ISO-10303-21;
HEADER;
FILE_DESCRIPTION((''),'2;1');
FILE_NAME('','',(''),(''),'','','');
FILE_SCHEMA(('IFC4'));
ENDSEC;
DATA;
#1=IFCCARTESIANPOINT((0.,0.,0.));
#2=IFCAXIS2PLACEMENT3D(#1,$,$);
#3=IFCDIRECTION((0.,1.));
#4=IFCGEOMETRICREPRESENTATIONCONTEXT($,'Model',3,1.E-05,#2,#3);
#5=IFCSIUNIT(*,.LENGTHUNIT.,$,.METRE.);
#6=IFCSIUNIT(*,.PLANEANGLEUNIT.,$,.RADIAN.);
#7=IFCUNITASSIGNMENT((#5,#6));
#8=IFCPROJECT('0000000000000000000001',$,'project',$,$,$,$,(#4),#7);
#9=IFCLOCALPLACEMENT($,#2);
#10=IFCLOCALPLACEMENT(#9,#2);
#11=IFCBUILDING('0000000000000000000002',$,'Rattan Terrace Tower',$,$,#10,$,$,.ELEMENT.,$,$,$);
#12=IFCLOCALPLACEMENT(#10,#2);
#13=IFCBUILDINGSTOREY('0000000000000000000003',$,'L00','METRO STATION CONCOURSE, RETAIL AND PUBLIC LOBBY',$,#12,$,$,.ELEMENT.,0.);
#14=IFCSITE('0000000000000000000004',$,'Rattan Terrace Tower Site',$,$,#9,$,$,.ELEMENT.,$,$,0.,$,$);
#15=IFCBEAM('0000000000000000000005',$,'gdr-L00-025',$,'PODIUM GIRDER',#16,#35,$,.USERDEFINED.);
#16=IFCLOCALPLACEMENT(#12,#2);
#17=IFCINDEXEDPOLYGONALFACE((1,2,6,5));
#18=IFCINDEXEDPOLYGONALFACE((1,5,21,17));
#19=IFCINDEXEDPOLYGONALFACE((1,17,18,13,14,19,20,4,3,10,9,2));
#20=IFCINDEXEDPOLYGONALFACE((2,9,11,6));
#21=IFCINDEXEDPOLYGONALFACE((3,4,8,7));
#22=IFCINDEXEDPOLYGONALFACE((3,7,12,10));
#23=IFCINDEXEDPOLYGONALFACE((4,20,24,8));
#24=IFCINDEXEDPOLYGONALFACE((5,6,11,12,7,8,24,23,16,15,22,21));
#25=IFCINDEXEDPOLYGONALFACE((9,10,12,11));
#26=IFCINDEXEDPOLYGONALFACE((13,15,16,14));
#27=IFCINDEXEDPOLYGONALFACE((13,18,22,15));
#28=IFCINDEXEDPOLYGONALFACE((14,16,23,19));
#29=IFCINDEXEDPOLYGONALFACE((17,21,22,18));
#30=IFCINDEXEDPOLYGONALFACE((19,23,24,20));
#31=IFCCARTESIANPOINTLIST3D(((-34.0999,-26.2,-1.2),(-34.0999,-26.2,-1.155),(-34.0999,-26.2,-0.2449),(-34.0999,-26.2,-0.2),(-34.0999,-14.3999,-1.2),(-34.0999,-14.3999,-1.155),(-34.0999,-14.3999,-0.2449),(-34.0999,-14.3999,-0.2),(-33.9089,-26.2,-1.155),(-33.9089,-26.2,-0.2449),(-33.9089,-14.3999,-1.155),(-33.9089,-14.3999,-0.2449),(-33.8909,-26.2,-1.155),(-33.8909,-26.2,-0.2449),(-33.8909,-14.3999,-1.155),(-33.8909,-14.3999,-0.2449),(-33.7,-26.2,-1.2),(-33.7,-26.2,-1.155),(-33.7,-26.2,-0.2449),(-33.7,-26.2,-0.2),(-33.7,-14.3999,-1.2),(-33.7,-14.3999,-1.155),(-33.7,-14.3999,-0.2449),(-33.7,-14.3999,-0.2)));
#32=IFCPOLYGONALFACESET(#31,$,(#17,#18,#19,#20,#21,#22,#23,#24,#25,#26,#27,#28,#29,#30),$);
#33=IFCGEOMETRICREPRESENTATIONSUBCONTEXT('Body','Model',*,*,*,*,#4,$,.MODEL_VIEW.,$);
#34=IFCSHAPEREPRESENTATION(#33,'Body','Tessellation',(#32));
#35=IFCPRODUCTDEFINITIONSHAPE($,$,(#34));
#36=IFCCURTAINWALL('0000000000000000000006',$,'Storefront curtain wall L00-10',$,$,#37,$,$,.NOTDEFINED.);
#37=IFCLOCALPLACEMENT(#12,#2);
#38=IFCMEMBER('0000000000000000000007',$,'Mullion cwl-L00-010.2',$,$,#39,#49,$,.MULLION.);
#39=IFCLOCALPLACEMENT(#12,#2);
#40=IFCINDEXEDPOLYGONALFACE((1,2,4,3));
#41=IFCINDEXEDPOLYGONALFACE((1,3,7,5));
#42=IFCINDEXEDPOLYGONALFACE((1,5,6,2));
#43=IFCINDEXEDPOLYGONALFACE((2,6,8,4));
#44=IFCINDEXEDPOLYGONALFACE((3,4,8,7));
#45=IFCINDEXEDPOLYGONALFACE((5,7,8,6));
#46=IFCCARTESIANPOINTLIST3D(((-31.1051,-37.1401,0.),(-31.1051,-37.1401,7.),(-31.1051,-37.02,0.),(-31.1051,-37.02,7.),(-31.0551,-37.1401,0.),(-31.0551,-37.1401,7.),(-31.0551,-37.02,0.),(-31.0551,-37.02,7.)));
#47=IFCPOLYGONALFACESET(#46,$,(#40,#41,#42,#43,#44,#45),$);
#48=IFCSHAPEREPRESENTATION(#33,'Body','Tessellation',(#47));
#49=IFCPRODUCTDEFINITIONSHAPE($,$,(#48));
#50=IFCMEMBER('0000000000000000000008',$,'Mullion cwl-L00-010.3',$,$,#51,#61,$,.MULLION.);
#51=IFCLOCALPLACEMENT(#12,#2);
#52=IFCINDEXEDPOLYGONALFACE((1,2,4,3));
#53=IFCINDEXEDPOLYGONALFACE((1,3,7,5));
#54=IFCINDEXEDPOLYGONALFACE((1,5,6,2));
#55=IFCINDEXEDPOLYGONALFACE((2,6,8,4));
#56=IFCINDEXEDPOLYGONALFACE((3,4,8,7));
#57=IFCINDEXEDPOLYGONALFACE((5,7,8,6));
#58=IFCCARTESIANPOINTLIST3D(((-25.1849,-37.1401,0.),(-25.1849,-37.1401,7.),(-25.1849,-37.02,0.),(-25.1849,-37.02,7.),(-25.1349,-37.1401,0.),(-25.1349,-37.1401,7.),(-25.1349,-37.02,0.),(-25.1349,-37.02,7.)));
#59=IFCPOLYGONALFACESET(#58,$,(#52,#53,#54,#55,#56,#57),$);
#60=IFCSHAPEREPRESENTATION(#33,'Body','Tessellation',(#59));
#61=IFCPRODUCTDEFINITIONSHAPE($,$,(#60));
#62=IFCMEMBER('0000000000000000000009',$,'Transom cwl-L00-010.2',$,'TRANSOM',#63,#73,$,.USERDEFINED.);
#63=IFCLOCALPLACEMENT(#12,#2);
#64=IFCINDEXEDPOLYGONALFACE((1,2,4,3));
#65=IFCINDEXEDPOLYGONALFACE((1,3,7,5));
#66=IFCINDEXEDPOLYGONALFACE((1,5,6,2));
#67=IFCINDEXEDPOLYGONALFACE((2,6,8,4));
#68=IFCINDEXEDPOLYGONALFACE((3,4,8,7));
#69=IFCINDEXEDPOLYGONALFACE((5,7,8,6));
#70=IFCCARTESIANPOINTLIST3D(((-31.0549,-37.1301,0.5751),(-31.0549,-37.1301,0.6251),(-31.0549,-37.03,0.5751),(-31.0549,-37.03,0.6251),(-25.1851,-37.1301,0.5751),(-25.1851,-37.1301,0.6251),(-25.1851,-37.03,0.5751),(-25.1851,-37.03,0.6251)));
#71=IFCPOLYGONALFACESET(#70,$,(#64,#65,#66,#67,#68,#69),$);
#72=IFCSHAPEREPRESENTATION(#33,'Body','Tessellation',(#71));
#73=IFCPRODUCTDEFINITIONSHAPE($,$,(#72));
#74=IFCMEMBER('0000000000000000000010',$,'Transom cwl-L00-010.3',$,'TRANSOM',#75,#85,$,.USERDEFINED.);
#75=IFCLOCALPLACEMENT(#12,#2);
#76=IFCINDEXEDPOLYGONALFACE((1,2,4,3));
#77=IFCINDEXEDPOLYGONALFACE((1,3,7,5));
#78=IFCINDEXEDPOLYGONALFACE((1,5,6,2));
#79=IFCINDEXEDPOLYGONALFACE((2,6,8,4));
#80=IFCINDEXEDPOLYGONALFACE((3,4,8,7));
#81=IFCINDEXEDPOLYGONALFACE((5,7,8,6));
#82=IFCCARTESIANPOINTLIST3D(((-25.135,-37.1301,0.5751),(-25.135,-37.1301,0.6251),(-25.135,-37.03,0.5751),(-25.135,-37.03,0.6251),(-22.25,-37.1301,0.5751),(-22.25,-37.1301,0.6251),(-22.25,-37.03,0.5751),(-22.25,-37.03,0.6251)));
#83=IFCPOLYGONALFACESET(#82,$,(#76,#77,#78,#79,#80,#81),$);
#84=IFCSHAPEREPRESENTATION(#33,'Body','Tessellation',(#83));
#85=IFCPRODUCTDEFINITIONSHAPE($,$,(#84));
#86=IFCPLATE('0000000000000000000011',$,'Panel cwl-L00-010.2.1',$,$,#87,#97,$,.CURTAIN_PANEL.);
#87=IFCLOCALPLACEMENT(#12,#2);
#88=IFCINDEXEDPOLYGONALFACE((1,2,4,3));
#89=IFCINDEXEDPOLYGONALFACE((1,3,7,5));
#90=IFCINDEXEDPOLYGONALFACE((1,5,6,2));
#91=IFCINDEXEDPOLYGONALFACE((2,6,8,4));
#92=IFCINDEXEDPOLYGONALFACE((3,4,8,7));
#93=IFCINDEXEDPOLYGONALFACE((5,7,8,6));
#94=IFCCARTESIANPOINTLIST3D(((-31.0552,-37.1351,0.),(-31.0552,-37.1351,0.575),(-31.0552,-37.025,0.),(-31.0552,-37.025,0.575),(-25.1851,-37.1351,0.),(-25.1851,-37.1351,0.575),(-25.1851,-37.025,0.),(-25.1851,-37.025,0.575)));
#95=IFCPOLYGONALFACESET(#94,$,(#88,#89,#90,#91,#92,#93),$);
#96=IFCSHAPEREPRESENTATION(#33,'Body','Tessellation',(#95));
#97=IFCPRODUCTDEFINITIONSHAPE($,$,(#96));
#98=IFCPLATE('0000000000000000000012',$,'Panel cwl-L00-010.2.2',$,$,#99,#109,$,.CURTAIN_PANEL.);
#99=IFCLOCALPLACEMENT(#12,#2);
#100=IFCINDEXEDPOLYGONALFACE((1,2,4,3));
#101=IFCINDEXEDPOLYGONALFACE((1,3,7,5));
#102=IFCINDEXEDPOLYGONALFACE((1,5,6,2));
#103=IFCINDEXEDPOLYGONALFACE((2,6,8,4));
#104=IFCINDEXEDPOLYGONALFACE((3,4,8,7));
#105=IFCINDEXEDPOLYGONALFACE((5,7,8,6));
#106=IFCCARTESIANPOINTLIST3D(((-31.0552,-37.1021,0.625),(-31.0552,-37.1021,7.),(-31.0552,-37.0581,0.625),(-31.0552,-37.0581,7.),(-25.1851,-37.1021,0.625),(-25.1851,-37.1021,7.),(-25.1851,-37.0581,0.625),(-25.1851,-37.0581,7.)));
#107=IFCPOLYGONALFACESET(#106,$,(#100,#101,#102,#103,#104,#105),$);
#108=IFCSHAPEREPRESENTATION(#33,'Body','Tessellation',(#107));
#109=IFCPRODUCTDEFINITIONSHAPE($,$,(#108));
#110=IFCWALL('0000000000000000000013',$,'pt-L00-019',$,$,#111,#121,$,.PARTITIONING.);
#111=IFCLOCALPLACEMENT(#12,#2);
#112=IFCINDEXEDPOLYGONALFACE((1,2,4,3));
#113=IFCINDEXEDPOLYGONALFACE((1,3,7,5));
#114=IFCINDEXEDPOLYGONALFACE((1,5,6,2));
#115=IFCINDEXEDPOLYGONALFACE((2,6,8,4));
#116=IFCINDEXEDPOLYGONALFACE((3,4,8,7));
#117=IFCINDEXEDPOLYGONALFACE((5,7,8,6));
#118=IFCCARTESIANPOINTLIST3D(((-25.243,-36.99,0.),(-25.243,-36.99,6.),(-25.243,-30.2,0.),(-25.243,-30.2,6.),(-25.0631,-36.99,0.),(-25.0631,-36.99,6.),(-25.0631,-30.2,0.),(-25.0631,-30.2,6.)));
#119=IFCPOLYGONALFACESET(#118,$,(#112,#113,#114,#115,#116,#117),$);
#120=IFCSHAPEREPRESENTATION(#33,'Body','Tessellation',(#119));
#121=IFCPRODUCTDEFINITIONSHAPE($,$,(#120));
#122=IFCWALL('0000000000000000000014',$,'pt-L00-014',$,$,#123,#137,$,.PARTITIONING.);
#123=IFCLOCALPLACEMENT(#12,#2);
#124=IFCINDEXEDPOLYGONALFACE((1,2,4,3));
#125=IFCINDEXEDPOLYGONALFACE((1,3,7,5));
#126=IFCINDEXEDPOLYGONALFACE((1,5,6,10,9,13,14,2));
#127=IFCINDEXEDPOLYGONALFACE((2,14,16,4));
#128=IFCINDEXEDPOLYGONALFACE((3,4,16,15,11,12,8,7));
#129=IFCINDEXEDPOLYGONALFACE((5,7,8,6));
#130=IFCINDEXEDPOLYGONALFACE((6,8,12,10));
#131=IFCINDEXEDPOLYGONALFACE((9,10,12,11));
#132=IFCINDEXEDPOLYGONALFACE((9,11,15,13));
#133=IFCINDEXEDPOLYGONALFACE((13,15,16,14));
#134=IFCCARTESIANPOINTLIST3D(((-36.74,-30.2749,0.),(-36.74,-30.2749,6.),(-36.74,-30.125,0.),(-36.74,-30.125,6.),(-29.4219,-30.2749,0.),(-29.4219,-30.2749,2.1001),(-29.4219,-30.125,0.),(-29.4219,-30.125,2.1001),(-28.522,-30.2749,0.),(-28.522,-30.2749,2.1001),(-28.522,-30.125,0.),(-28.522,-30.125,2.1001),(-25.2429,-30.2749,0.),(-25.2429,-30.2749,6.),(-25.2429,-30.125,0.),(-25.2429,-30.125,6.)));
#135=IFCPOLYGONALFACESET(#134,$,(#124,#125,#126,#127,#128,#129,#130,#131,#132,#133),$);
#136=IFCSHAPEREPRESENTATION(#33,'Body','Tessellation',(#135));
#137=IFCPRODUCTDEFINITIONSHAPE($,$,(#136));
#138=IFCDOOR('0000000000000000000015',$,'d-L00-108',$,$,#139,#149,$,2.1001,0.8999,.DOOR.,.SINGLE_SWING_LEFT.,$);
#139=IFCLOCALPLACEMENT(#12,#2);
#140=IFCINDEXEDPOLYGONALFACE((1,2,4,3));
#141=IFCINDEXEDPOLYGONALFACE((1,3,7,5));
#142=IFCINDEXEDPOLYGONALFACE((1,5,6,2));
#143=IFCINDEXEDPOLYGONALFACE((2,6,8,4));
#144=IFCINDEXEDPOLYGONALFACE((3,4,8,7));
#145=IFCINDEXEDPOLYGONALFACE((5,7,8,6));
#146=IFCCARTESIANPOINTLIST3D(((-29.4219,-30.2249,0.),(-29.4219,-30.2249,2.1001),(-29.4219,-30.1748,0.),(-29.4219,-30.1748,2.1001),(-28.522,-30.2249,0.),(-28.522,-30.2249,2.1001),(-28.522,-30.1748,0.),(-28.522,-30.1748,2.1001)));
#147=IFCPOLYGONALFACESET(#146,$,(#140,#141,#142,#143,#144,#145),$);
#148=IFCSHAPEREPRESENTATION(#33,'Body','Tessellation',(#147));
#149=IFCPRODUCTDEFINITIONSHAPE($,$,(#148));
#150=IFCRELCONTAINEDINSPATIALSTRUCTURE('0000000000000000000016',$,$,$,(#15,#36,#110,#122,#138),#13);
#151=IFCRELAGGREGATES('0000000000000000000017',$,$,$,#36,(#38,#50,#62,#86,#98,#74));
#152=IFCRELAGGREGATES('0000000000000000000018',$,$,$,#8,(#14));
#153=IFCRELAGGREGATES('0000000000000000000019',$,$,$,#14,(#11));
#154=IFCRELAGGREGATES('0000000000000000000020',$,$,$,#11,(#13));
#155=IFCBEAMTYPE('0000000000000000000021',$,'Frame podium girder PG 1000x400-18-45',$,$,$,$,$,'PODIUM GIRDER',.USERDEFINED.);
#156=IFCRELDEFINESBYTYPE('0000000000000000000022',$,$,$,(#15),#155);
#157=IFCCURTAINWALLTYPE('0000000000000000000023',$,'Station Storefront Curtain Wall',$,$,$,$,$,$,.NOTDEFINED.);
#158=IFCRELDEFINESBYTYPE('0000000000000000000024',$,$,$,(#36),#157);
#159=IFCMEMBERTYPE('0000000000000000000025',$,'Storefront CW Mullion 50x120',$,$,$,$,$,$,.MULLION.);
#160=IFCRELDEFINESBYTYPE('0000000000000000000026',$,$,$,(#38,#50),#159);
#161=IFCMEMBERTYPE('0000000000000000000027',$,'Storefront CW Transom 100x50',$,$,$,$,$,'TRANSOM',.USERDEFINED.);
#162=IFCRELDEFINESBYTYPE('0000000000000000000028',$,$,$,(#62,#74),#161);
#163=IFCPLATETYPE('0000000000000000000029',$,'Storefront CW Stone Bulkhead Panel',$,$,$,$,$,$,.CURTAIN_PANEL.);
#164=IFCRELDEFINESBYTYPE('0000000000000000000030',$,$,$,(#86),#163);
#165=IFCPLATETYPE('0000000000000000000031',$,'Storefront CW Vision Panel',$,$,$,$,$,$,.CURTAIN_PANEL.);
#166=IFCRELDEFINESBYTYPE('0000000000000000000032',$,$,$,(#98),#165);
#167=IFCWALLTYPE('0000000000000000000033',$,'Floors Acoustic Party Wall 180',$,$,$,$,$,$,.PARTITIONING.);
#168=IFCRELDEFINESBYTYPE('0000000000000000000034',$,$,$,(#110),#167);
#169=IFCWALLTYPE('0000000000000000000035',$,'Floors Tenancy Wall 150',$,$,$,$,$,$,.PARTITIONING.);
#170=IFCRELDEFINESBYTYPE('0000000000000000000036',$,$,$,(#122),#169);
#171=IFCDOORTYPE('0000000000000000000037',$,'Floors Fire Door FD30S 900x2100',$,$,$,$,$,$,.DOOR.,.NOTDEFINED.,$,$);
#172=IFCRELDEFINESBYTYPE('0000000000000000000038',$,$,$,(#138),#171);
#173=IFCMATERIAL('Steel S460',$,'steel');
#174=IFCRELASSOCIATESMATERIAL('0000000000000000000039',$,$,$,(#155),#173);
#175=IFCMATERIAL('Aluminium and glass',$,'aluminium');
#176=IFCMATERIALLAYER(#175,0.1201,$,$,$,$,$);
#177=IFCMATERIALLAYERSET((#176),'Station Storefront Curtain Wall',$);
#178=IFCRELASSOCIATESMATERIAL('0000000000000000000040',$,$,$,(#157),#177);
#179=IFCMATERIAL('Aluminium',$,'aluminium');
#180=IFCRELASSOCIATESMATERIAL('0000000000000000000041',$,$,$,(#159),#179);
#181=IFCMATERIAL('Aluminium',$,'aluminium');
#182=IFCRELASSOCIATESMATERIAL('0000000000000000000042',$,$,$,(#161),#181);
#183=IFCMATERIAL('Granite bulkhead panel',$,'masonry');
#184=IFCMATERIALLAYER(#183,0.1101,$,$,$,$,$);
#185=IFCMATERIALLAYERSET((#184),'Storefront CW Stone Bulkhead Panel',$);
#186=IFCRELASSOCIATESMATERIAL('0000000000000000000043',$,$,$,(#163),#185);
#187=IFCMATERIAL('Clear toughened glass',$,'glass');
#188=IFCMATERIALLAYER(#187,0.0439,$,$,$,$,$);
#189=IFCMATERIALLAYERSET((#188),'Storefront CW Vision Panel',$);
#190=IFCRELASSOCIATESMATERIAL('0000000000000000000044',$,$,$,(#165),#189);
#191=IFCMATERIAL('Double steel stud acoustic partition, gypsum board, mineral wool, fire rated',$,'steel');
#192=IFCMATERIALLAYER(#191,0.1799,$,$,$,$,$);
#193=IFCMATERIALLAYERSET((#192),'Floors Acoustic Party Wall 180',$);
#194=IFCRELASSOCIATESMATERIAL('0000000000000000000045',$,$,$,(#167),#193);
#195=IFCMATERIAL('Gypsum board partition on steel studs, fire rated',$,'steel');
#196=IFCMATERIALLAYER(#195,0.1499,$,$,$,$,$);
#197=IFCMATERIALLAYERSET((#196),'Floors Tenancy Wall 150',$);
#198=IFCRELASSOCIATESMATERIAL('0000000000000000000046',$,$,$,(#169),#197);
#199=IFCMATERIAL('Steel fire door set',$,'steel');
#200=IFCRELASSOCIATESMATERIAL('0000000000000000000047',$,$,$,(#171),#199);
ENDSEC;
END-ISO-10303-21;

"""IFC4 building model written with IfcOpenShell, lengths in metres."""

from ifc_helpers import new_model, si_unit, direction, frame, frame_2d, origin, origin_2d, place, context, subcontext, project, spatial, rectangle, i_section, extrude, material, layer, layer_set, material_profile, profile_set, type_object, element, fill, aggregate, save


model = new_model("IFC4")

# Units and contexts
model_context = context("Model", 3, precision=1e-05, world=origin(), true_north=direction((0.0, 1.0)))
body_context = subcontext(model_context, "Body", "Model", "MODEL_VIEW")
ifc_project = project(units=[si_unit("LENGTHUNIT", "METRE"), si_unit("PLANEANGLEUNIT", "RADIAN")], contexts=[model_context])

# Site, building, storey
site_placement = place(None, origin())
site = spatial("IfcSite", under=ifc_project, at=site_placement, Name="Rattan Terrace Tower Site", CompositionType="ELEMENT", RefElevation=0.0)
building_placement = place(site_placement, origin())
building = spatial("IfcBuilding", under=site, at=building_placement, Name="Rattan Terrace Tower", CompositionType="ELEMENT")
storey_placement = place(building_placement, origin())
storey = spatial("IfcBuildingStorey", under=building, at=storey_placement, Name="L00", Description="METRO STATION CONCOURSE, RETAIL AND PUBLIC LOBBY", CompositionType="ELEMENT", Elevation=0.0)

# Beam
ifc_material_1 = material(Name="Steel S460", Category="steel")
ifc_material_profile_1 = material_profile(ifc_material_1, i_section(OverallWidth=0.3999, OverallDepth=1.0, WebThickness=0.0181, FlangeThickness=0.0449, at=origin_2d()), Name="PG 1000x400-18-45")
ifc_profile_set_1 = profile_set([ifc_material_profile_1], Name="Steel S460")
beam_type_1 = type_object("IfcBeamType", Name="Frame podium girder PG 1000x400-18-45", ElementType="PODIUM GIRDER", PredefinedType="USERDEFINED", material=ifc_profile_set_1)
beam_1_placement = place(storey_placement, frame((-33.8999, -26.2, -0.7), z_axis=(0.0, 1.0, 0.0), x_axis=(-1.0, 0.0, 0.0)))
element("IfcBeam", 1, at=beam_1_placement, inside=storey, type_object=beam_type_1, Name="gdr-L00-025", ObjectType="PODIUM GIRDER", PredefinedType="USERDEFINED", context=body_context, shape_type="SweptSolid", body=[
    extrude(i_section(OverallWidth=0.3999, OverallDepth=1.0, WebThickness=0.0181, FlangeThickness=0.0449, at=origin_2d()), origin(), (0.0, 0.0, 1.0), 11.8),
])

# Curtain wall, members, plates
ifc_material_2 = material(Name="Aluminium and glass", Category="aluminium")
ifc_layer_1 = layer(ifc_material_2, 0.1201)
ifc_layer_set_1 = layer_set([ifc_layer_1], Name="Station Storefront Curtain Wall")
curtain_wall_type = type_object("IfcCurtainWallType", Name="Station Storefront Curtain Wall", PredefinedType="NOTDEFINED", material=ifc_layer_set_1)
curtain_wall_placement = place(storey_placement, origin())
curtain_wall = element("IfcCurtainWall", 2, at=curtain_wall_placement, inside=storey, type_object=curtain_wall_type, Name="Storefront curtain wall L00-10", PredefinedType="NOTDEFINED")
ifc_material_3 = material(Name="Aluminium", Category="aluminium")
ifc_material_profile_2 = material_profile(ifc_material_3, rectangle(XDim=0.05, YDim=0.1201, at=origin_2d()), Name="Aluminium 50x120")
ifc_profile_set_2 = profile_set([ifc_material_profile_2], Name="Aluminium")
member_type_1 = type_object("IfcMemberType", Name="Storefront CW Mullion 50x120", PredefinedType="MULLION", material=ifc_profile_set_2)
member_1_placement = place(storey_placement, frame((-31.0801, -37.0801, 0.0), z_axis=(0.0, 0.0, 1.0), x_axis=(1.0, 0.0, 0.0)))
member_1 = element("IfcMember", 3, at=member_1_placement, type_object=member_type_1, Name="Mullion cwl-L00-010.2", PredefinedType="MULLION", context=body_context, shape_type="SweptSolid", body=[
    extrude(rectangle(XDim=0.05, YDim=0.1201, at=origin_2d()), origin(), (0.0, 0.0, 1.0), 7.0),
])
member_2_placement = place(storey_placement, frame((-25.1599, -37.0801, 0.0), z_axis=(0.0, 0.0, 1.0), x_axis=(1.0, 0.0, 0.0)))
member_2 = element("IfcMember", 4, at=member_2_placement, type_object=member_type_1, Name="Mullion cwl-L00-010.3", PredefinedType="MULLION", context=body_context, shape_type="SweptSolid", body=[
    extrude(rectangle(XDim=0.05, YDim=0.1201, at=origin_2d()), origin(), (0.0, 0.0, 1.0), 7.0),
])
ifc_material_4 = material(Name="Aluminium", Category="aluminium")
ifc_material_profile_3 = material_profile(ifc_material_4, rectangle(XDim=0.1001, YDim=0.05, at=origin_2d()), Name="Aluminium 100x50")
ifc_profile_set_3 = profile_set([ifc_material_profile_3], Name="Aluminium")
member_type_2 = type_object("IfcMemberType", Name="Storefront CW Transom 100x50", ElementType="TRANSOM", PredefinedType="USERDEFINED", material=ifc_profile_set_3)
member_3_placement = place(storey_placement, frame((-31.0549, -37.0801, 0.6001), z_axis=(1.0, 0.0, 0.0), x_axis=(0.0, 1.0, 0.0)))
member_3 = element("IfcMember", 5, at=member_3_placement, type_object=member_type_2, Name="Transom cwl-L00-010.2", ObjectType="TRANSOM", PredefinedType="USERDEFINED", context=body_context, shape_type="SweptSolid", body=[
    extrude(rectangle(XDim=0.1001, YDim=0.05, at=origin_2d()), origin(), (0.0, 0.0, 1.0), 5.8699),
])
member_4_placement = place(storey_placement, frame((-25.135, -37.0801, 0.6001), z_axis=(1.0, 0.0, 0.0), x_axis=(0.0, 1.0, 0.0)))
member_4 = element("IfcMember", 6, at=member_4_placement, type_object=member_type_2, Name="Transom cwl-L00-010.3", ObjectType="TRANSOM", PredefinedType="USERDEFINED", context=body_context, shape_type="SweptSolid", body=[
    extrude(rectangle(XDim=0.1001, YDim=0.05, at=origin_2d()), origin(), (0.0, 0.0, 1.0), 2.885),
])
ifc_material_5 = material(Name="Granite bulkhead panel", Category="masonry")
ifc_layer_2 = layer(ifc_material_5, 0.1101)
ifc_layer_set_2 = layer_set([ifc_layer_2], Name="Storefront CW Stone Bulkhead Panel")
plate_type_1 = type_object("IfcPlateType", Name="Storefront CW Stone Bulkhead Panel", PredefinedType="CURTAIN_PANEL", material=ifc_layer_set_2)
plate_1_placement = place(storey_placement, frame((-28.1201, -37.0801, 0.0), z_axis=(0.0, 0.0, 1.0), x_axis=(1.0, 0.0, 0.0)))
plate_1 = element("IfcPlate", 7, at=plate_1_placement, type_object=plate_type_1, Name="Panel cwl-L00-010.2.1", PredefinedType="CURTAIN_PANEL", context=body_context, shape_type="SweptSolid", body=[
    extrude(rectangle(XDim=5.8701, YDim=0.1101, at=origin_2d()), origin(), (0.0, 0.0, 1.0), 0.575),
])
ifc_material_6 = material(Name="Clear toughened glass", Category="glass")
ifc_layer_3 = layer(ifc_material_6, 0.0439)
ifc_layer_set_3 = layer_set([ifc_layer_3], Name="Storefront CW Vision Panel")
plate_type_2 = type_object("IfcPlateType", Name="Storefront CW Vision Panel", PredefinedType="CURTAIN_PANEL", material=ifc_layer_set_3)
plate_2_placement = place(storey_placement, frame((-28.1201, -37.0801, 0.625), z_axis=(0.0, 0.0, 1.0), x_axis=(1.0, 0.0, 0.0)))
plate_2 = element("IfcPlate", 8, at=plate_2_placement, type_object=plate_type_2, Name="Panel cwl-L00-010.2.2", PredefinedType="CURTAIN_PANEL", context=body_context, shape_type="SweptSolid", body=[
    extrude(rectangle(XDim=5.8701, YDim=0.0439, at=origin_2d()), origin(), (0.0, 0.0, 1.0), 6.375),
])
aggregate(curtain_wall, [member_1, member_2, member_3, plate_1, plate_2, member_4])

# Wall
ifc_material_7 = material(Name="Double steel stud acoustic partition, gypsum board, mineral wool, fire rated", Category="steel")
ifc_layer_4 = layer(ifc_material_7, 0.1799)
ifc_layer_set_4 = layer_set([ifc_layer_4], Name="Floors Acoustic Party Wall 180")
wall_type_1 = type_object("IfcWallType", Name="Floors Acoustic Party Wall 180", PredefinedType="PARTITIONING", material=ifc_layer_set_4)
wall_1_placement = place(storey_placement, frame((-25.1531, -30.2, 0.0), z_axis=(0.0, 0.0, 1.0), x_axis=(0.0, -1.0, 0.0)))
element("IfcWall", 9, at=wall_1_placement, inside=storey, type_object=wall_type_1, Name="pt-L00-019", PredefinedType="PARTITIONING", context=body_context, shape_type="SweptSolid", body=[
    extrude(rectangle(XDim=6.79, YDim=0.1799, at=frame_2d((3.395, 0.0))), origin(), (0.0, 0.0, 1.0), 6.0),
])

# Wall, opening, door
ifc_material_8 = material(Name="Gypsum board partition on steel studs, fire rated", Category="steel")
ifc_layer_5 = layer(ifc_material_8, 0.1499)
ifc_layer_set_5 = layer_set([ifc_layer_5], Name="Floors Tenancy Wall 150")
wall_type_2 = type_object("IfcWallType", Name="Floors Tenancy Wall 150", PredefinedType="PARTITIONING", material=ifc_layer_set_5)
wall_2_placement = place(storey_placement, frame((-25.2429, -30.2, 0.0), z_axis=(0.0, 0.0, 1.0), x_axis=(-1.0, 0.0, 0.0)))
wall_2 = element("IfcWall", 10, at=wall_2_placement, inside=storey, type_object=wall_type_2, Name="pt-L00-014", PredefinedType="PARTITIONING", context=body_context, shape_type="SweptSolid", body=[
    extrude(rectangle(XDim=11.4971, YDim=0.1499, at=frame_2d((5.7485, 0.0))), origin(), (0.0, 0.0, 1.0), 6.0),
])
opening_placement = place(wall_2_placement, frame((3.2791, 0.0, 0.0)))
opening = element("IfcOpeningElement", 11, at=opening_placement, cuts=wall_2, PredefinedType="OPENING", context=body_context, shape_type="SweptSolid", body=[
    extrude(rectangle(XDim=0.8999, YDim=2.1001, at=frame_2d((0.45, 1.05))), frame((0.0, 0.0854, 0.0), z_axis=(0.0, -1.0, 0.0), x_axis=(1.0, 0.0, 0.0)), (0.0, 0.0, 1.0), 0.1709),
])
ifc_material_9 = material(Name="Steel fire door set", Category="steel")
door_type = type_object("IfcDoorType", Name="Floors Fire Door FD30S 900x2100", OperationType="NOTDEFINED", PredefinedType="DOOR", material=ifc_material_9)
door_placement = place(opening_placement, origin())
door = element("IfcDoor", 12, at=door_placement, inside=storey, type_object=door_type, Name="d-L00-108", OperationType="SINGLE_SWING_LEFT", OverallHeight=2.1001, OverallWidth=0.8999, PredefinedType="DOOR", context=body_context, shape_type="SweptSolid", body=[
    extrude(rectangle(XDim=0.8999, YDim=2.1001, at=frame_2d((0.45, 1.05))), frame((0.0, 0.0249, 0.0), z_axis=(0.0, -1.0, 0.0), x_axis=(1.0, 0.0, 0.0)), (0.0, 0.0, 1.0), 0.05),
])
fill(opening, door)

save(model, "model.ifc")
